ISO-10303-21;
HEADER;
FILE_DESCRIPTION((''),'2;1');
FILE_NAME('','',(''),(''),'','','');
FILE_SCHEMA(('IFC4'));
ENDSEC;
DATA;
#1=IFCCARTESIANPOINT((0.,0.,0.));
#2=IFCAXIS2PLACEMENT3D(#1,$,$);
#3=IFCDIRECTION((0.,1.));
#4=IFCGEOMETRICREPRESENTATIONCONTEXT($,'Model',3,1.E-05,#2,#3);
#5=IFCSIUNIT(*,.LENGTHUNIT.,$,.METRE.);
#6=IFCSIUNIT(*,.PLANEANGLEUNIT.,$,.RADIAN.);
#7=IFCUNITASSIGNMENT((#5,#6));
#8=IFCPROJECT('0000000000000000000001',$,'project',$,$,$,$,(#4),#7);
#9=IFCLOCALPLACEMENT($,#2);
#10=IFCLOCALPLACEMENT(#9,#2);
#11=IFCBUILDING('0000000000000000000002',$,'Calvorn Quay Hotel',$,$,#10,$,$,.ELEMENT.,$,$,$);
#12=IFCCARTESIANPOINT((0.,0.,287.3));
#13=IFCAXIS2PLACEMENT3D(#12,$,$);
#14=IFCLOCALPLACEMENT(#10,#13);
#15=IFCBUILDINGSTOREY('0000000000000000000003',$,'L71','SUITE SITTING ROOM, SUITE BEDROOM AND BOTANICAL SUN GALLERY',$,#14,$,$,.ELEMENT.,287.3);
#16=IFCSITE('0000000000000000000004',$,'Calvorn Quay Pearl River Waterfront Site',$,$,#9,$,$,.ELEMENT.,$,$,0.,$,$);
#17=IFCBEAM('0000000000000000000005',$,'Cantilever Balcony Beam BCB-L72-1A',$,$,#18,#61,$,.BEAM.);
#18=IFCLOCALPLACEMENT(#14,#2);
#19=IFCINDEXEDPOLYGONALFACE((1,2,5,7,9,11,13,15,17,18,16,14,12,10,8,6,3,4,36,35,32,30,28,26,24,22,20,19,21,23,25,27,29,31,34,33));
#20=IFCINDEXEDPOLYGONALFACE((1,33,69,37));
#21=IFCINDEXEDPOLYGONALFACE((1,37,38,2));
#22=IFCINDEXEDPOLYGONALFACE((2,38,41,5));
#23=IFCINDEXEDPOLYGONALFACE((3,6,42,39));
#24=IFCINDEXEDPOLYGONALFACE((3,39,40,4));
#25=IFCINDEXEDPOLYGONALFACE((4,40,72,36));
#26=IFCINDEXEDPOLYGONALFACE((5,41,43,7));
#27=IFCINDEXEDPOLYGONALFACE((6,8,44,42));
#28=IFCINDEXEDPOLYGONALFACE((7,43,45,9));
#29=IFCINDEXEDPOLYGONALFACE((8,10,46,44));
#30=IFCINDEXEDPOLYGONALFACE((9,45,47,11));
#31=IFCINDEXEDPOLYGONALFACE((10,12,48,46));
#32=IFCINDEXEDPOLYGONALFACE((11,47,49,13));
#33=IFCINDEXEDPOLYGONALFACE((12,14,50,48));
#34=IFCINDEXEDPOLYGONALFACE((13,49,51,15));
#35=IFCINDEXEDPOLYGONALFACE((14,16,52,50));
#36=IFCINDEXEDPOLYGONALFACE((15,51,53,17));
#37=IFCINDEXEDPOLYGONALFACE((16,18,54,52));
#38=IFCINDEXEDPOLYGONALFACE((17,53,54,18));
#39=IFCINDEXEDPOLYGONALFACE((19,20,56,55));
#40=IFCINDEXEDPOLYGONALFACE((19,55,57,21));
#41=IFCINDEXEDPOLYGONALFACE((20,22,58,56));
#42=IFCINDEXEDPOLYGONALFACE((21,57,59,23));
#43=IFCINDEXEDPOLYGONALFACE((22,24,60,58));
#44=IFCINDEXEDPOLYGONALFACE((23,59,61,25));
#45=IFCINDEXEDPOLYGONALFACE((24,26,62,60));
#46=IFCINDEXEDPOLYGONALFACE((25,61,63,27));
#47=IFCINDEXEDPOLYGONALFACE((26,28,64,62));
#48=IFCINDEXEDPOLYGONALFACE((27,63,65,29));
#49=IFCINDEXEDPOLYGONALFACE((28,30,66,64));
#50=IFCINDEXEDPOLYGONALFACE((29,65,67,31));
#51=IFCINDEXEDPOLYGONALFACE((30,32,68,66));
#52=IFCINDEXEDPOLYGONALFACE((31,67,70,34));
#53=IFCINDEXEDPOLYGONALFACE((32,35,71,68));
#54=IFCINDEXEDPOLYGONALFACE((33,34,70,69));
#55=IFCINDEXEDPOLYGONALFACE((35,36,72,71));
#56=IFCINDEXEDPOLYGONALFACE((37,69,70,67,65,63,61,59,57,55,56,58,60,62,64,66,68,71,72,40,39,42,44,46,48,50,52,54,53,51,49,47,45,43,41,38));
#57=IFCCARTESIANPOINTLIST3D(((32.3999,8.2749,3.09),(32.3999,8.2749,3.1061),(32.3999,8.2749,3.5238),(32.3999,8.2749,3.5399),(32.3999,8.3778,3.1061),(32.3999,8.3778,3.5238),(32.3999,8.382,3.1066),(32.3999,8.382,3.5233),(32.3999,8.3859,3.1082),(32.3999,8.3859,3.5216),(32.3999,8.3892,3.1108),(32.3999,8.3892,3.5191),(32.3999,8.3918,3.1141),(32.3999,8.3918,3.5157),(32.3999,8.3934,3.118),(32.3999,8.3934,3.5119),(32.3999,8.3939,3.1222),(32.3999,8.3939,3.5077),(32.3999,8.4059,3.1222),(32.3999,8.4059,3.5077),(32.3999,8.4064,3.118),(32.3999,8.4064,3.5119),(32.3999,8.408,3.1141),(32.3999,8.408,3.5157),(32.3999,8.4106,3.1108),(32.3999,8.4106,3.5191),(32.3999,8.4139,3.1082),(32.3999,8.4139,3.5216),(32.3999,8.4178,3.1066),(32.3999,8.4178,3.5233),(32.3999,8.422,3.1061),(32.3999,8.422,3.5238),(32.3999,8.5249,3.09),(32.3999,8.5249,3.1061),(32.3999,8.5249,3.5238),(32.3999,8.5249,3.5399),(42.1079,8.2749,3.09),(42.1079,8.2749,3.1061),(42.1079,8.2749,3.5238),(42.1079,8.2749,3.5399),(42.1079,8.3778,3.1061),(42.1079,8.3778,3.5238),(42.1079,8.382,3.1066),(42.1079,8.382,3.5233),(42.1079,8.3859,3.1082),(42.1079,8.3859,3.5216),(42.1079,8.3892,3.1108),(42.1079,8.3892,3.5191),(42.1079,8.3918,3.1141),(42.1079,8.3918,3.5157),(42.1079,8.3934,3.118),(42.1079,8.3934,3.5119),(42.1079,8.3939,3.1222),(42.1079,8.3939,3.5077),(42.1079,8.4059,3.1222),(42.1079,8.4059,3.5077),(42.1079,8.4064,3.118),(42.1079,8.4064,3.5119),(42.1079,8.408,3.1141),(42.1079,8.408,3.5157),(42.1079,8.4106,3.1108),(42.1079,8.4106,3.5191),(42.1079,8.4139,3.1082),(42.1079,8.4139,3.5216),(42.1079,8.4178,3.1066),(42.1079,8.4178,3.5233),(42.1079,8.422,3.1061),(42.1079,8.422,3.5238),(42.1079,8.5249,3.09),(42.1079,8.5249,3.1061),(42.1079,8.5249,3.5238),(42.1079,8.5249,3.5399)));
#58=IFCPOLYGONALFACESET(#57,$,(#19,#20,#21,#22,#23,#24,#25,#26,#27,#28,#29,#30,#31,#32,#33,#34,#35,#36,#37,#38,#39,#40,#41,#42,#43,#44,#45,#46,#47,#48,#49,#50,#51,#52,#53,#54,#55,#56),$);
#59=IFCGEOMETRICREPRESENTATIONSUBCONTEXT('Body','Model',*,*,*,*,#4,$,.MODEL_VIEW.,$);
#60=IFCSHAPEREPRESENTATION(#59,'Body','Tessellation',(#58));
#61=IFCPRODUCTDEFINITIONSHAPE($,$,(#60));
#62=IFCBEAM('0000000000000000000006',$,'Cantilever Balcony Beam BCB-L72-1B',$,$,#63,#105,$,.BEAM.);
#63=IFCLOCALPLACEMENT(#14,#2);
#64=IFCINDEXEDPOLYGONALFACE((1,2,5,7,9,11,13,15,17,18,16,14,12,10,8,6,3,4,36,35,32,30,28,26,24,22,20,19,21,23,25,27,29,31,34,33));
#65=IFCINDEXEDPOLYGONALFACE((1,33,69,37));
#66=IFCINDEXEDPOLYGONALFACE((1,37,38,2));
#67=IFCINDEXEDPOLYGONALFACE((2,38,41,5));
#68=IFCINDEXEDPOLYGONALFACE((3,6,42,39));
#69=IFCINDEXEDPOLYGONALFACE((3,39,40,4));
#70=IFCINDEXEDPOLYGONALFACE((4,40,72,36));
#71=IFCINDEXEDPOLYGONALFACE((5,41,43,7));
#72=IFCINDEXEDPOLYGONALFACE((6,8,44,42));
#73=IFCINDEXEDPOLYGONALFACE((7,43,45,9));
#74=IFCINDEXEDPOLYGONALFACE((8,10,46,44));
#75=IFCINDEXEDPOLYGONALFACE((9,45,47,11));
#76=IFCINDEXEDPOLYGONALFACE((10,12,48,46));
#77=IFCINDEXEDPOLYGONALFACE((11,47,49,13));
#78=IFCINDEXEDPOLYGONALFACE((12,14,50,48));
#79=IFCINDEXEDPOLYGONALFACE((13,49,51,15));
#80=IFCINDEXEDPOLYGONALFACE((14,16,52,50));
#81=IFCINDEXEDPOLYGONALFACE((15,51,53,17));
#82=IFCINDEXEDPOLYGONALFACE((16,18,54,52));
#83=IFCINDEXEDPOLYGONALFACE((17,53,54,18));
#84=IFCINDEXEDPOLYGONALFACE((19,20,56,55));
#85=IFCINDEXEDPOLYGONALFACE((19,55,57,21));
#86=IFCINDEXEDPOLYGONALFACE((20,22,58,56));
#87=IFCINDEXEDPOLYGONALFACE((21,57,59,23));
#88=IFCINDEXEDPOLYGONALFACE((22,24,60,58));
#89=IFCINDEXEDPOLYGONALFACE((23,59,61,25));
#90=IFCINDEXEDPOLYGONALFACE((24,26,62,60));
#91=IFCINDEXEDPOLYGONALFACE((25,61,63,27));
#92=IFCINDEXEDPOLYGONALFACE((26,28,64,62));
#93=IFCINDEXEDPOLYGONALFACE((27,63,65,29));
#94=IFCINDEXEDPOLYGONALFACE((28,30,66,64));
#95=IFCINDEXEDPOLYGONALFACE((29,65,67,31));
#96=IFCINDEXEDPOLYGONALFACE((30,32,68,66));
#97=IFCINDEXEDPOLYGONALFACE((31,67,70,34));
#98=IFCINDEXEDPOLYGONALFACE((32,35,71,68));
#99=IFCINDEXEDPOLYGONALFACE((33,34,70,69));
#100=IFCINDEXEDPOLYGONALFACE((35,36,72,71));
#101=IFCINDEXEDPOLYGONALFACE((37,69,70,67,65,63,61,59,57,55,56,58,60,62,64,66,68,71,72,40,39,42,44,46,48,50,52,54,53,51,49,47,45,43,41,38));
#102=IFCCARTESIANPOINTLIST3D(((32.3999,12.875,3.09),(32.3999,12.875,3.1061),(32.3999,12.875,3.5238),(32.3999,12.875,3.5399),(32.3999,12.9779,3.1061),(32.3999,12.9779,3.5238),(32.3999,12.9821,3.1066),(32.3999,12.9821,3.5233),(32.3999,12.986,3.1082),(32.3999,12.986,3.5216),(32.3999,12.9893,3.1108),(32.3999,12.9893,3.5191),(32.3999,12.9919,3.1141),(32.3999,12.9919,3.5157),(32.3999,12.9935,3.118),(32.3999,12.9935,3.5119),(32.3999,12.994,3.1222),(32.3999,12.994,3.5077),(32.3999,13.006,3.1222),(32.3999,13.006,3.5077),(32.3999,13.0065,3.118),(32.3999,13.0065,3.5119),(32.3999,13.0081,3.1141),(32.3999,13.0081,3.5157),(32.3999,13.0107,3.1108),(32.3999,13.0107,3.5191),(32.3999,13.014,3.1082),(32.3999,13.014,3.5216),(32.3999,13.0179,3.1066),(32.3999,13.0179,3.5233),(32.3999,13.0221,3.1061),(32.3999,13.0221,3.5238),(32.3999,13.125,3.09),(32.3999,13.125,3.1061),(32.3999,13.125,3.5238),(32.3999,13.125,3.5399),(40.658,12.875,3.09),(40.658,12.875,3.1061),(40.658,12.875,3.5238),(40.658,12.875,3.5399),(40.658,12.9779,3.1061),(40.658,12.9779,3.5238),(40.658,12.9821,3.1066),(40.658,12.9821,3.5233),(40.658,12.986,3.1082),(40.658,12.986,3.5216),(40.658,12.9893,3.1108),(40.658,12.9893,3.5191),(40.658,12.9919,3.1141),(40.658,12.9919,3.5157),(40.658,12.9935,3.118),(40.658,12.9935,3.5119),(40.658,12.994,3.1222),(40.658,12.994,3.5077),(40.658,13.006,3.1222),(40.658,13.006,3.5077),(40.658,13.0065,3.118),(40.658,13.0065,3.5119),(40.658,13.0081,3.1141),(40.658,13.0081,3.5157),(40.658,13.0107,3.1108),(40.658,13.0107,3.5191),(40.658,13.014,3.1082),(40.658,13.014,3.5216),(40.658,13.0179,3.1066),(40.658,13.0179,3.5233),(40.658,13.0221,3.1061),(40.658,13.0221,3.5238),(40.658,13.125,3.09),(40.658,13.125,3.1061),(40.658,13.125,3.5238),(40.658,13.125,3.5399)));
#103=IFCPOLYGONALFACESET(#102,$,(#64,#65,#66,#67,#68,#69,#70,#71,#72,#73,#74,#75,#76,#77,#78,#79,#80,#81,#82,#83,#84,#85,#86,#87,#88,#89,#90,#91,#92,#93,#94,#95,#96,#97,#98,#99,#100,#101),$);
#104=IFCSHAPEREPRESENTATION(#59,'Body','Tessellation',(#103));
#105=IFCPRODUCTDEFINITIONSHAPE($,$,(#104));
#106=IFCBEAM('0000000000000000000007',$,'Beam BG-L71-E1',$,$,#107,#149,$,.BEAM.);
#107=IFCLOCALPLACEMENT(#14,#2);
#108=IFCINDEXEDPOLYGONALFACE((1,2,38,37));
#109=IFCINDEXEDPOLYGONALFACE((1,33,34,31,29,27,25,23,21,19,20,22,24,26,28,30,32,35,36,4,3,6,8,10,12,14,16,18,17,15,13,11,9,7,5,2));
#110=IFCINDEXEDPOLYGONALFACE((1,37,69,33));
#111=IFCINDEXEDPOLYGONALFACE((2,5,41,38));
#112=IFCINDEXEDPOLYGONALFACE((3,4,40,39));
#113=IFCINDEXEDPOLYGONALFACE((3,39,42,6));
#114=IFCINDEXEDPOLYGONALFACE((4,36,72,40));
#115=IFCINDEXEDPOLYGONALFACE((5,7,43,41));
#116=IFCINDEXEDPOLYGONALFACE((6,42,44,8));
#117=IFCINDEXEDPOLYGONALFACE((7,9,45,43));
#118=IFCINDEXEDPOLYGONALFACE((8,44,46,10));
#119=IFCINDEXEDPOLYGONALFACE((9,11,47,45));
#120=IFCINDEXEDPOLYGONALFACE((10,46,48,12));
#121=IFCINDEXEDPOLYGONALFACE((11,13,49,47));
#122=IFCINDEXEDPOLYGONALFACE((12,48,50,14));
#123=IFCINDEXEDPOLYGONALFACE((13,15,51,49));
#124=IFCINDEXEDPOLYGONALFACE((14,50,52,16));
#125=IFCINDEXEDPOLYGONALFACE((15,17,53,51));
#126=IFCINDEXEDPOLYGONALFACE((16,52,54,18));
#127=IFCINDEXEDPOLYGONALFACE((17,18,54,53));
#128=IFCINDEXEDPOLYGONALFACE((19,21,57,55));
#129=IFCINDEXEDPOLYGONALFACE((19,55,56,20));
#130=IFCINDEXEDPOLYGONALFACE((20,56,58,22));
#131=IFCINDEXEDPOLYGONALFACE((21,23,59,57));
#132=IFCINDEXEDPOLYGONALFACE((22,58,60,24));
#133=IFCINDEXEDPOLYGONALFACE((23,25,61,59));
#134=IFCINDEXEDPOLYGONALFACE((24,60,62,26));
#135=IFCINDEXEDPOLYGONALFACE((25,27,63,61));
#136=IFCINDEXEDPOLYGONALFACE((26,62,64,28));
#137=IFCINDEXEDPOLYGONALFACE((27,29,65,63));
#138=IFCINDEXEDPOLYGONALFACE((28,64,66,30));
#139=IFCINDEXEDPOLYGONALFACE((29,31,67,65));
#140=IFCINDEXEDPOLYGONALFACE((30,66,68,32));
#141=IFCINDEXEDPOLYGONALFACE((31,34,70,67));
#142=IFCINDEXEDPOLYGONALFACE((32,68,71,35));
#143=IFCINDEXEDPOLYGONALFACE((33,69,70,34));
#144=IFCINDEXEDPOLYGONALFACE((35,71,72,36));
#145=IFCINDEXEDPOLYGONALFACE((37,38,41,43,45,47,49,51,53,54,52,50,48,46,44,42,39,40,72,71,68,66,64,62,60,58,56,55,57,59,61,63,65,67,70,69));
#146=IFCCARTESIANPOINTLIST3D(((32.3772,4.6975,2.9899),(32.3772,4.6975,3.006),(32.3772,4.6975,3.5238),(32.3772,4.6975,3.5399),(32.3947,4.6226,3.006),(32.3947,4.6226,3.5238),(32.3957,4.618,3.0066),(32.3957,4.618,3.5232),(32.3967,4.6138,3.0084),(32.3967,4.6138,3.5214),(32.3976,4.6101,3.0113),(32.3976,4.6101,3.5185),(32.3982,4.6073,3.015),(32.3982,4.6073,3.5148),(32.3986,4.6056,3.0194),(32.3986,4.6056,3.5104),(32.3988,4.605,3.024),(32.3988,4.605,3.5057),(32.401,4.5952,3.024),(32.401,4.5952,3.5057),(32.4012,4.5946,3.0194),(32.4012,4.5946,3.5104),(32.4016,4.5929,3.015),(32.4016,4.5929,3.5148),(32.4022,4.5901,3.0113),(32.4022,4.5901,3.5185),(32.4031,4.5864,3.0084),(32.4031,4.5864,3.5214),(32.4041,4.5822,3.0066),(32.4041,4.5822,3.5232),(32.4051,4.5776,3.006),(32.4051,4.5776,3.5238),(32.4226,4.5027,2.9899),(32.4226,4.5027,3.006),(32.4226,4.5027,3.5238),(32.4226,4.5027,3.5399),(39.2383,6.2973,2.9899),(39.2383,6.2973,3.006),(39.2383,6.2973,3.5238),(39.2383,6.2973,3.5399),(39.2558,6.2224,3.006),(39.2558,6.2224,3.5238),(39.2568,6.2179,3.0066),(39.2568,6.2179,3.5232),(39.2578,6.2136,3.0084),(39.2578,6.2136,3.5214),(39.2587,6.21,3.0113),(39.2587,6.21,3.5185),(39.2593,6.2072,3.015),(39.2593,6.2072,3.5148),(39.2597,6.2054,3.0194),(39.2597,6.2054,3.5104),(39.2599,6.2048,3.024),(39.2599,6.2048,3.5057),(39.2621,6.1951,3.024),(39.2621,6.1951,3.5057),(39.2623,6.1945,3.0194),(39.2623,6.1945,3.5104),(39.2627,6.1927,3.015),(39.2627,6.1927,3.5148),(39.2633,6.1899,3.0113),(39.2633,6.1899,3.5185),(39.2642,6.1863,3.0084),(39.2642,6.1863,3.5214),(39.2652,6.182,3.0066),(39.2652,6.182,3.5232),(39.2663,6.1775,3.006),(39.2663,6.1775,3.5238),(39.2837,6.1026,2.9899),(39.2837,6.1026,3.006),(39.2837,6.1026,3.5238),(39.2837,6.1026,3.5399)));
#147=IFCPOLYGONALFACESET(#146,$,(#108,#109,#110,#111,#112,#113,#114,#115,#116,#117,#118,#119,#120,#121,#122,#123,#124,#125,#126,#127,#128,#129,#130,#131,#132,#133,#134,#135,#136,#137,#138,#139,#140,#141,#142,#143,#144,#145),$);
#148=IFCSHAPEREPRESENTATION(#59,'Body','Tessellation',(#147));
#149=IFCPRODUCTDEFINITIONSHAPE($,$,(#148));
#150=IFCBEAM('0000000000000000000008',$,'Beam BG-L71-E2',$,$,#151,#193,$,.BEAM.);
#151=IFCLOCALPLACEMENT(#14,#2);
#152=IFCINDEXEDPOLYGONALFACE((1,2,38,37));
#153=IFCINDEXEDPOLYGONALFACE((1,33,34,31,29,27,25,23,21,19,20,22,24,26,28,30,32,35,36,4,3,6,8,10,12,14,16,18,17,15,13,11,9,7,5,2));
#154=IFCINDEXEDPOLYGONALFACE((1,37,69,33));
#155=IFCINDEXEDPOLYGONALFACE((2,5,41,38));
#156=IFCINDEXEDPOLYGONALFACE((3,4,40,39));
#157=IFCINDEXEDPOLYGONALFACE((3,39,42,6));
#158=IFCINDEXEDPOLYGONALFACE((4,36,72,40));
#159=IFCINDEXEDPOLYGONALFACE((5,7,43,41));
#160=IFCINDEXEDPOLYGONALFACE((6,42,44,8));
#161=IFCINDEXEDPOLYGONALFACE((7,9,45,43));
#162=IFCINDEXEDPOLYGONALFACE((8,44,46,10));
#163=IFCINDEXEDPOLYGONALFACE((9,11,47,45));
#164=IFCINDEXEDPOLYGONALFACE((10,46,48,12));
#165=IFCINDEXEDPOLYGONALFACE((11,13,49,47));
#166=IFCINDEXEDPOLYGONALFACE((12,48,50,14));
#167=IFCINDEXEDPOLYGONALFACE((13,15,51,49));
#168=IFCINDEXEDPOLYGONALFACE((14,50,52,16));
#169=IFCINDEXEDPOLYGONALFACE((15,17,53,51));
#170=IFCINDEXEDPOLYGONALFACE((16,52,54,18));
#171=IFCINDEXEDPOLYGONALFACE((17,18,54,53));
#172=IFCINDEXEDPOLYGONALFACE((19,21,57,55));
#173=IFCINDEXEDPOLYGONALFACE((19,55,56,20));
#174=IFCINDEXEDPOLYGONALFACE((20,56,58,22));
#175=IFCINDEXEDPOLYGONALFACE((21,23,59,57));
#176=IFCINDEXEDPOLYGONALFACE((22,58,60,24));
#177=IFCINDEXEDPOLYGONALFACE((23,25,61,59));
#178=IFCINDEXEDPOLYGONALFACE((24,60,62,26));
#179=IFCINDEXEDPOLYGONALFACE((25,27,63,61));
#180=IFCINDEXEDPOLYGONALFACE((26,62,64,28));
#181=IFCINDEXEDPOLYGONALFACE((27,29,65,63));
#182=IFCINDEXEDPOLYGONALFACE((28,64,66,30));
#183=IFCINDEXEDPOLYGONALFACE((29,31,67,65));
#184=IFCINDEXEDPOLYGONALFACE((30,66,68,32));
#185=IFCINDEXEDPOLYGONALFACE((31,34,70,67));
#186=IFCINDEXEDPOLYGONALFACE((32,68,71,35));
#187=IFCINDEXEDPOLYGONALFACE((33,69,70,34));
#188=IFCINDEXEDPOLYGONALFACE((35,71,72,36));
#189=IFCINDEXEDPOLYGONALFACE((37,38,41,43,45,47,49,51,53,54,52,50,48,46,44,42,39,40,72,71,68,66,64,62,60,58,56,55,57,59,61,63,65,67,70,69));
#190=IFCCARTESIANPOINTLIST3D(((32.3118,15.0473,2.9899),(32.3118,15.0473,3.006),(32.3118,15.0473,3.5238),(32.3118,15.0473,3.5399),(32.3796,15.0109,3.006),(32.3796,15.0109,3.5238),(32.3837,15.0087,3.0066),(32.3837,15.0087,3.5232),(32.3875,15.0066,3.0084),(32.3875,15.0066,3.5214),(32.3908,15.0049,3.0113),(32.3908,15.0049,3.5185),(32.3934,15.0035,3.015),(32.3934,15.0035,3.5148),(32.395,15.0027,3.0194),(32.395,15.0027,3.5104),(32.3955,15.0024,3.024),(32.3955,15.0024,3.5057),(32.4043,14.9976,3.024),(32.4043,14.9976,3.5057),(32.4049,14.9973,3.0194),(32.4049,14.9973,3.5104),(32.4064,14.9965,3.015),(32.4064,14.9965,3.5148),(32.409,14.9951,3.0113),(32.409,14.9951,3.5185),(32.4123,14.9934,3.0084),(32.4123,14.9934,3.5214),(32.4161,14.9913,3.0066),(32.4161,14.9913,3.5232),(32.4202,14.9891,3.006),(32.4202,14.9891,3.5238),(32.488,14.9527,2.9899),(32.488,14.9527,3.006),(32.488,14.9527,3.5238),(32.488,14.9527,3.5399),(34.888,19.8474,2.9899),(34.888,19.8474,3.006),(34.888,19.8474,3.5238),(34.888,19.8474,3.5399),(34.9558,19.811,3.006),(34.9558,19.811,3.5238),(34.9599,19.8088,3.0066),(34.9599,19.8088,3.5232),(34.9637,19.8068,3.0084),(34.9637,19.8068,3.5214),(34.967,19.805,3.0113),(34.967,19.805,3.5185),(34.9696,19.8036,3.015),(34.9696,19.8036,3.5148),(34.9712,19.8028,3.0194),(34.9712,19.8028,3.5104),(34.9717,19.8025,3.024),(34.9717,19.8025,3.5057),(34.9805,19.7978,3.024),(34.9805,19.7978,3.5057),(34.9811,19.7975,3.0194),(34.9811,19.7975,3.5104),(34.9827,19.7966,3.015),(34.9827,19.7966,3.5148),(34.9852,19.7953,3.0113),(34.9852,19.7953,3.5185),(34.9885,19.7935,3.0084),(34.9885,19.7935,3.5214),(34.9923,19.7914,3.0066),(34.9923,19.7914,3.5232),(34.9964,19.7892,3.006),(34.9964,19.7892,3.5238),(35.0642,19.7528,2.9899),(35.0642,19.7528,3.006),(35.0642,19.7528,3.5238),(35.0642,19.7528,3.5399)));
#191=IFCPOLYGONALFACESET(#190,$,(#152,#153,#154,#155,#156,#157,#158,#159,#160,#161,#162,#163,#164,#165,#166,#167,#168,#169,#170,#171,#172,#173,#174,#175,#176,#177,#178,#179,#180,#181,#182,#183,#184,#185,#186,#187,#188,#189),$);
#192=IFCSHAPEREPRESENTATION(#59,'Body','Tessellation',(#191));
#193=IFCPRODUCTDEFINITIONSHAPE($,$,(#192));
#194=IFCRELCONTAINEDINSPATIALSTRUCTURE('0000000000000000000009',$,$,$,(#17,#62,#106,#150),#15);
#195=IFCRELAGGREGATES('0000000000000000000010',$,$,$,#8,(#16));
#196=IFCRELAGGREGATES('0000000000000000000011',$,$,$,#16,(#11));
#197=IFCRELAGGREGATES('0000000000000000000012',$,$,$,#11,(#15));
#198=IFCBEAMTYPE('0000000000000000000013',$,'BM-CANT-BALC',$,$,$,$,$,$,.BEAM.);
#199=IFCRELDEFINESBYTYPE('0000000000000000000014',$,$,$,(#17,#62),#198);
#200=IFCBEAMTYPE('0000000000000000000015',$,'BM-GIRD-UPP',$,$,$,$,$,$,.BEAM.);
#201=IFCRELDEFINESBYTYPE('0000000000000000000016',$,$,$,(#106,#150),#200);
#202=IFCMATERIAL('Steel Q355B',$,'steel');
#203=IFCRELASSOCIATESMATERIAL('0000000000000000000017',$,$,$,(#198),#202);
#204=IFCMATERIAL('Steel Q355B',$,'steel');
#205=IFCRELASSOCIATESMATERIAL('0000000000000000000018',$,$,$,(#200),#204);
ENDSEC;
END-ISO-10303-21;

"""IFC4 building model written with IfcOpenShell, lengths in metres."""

from ifc_helpers import new_model, si_unit, direction, frame, origin, origin_2d, place, context, subcontext, project, spatial, i_section, extrude, material, material_profile, profile_set, type_object, element, save


model = new_model("IFC4")

# Units and contexts
model_context = context("Model", 3, precision=1e-05, world=origin(), true_north=direction((0.0, 1.0)))
body_context = subcontext(model_context, "Body", "Model", "MODEL_VIEW")
ifc_project = project(units=[si_unit("LENGTHUNIT", "METRE"), si_unit("PLANEANGLEUNIT", "RADIAN")], contexts=[model_context])

# Site, building, storey
site_placement = place(None, origin())
site = spatial("IfcSite", under=ifc_project, at=site_placement, Name="Calvorn Quay Pearl River Waterfront Site", CompositionType="ELEMENT", RefElevation=0.0)
building_placement = place(site_placement, origin())
building = spatial("IfcBuilding", under=site, at=building_placement, Name="Calvorn Quay Hotel", CompositionType="ELEMENT")
storey_placement = place(building_placement, frame((0.0, 0.0, 287.3)))
storey = spatial("IfcBuildingStorey", under=building, at=storey_placement, Name="L71", Description="SUITE SITTING ROOM, SUITE BEDROOM AND BOTANICAL SUN GALLERY", CompositionType="ELEMENT", Elevation=287.3)

# Beams
ifc_material_1 = material(Name="Steel Q355B", Category="steel")
ifc_material_profile_1 = material_profile(ifc_material_1, i_section(OverallWidth=0.25, OverallDepth=0.45, WebThickness=0.012, FlangeThickness=0.0161, FilletRadius=0.0161, at=origin_2d()), Name="HN450x250x12x16")
ifc_profile_set_1 = profile_set([ifc_material_profile_1], Name="Steel Q355B")
beam_type_1 = type_object("IfcBeamType", Name="BM-CANT-BALC", PredefinedType="BEAM", material=ifc_profile_set_1)
beam_1_placement = place(storey_placement, frame((32.3999, 8.3999, 3.3149), z_axis=(1.0, 0.0, 0.0), x_axis=(0.0, 1.0, 0.0)))
element("IfcBeam", 1, at=beam_1_placement, inside=storey, type_object=beam_type_1, Name="Cantilever Balcony Beam BCB-L72-1A", PredefinedType="BEAM", context=body_context, shape_type="SweptSolid", body=[
    extrude(i_section(OverallWidth=0.25, OverallDepth=0.45, WebThickness=0.012, FlangeThickness=0.0161, FilletRadius=0.0161, at=origin_2d()), origin(), (0.0, 0.0, 1.0), 9.708),
])
beam_2_placement = place(storey_placement, frame((32.3999, 13.0, 3.3149), z_axis=(1.0, 0.0, 0.0), x_axis=(0.0, 1.0, 0.0)))
element("IfcBeam", 2, at=beam_2_placement, inside=storey, type_object=beam_type_1, Name="Cantilever Balcony Beam BCB-L72-1B", PredefinedType="BEAM", context=body_context, shape_type="SweptSolid", body=[
    extrude(i_section(OverallWidth=0.25, OverallDepth=0.45, WebThickness=0.012, FlangeThickness=0.0161, FilletRadius=0.0161, at=origin_2d()), origin(), (0.0, 0.0, 1.0), 8.2581),
])
ifc_material_2 = material(Name="Steel Q355B", Category="steel")
ifc_material_profile_2 = material_profile(ifc_material_2, i_section(OverallWidth=0.2, OverallDepth=0.55, WebThickness=0.01, FlangeThickness=0.0161, FilletRadius=0.0181, at=origin_2d()), Name="HN550x200x10x16")
ifc_profile_set_2 = profile_set([ifc_material_profile_2], Name="Steel Q355B")
beam_type_2 = type_object("IfcBeamType", Name="BM-GIRD-UPP", PredefinedType="BEAM", material=ifc_profile_set_2)
beam_3_placement = place(storey_placement, frame((32.3999, 4.6001, 3.2649), z_axis=(0.973875, 0.227086, 0.0), x_axis=(-0.227086, 0.973875, 0.0)))
element("IfcBeam", 3, at=beam_3_placement, inside=storey, type_object=beam_type_2, Name="Beam BG-L71-E1", PredefinedType="BEAM", context=body_context, shape_type="SweptSolid", body=[
    extrude(i_section(OverallWidth=0.2, OverallDepth=0.55, WebThickness=0.01, FlangeThickness=0.0161, FilletRadius=0.0181, at=origin_2d()), origin(), (0.0, 0.0, 1.0), 7.0452),
])
beam_4_placement = place(storey_placement, frame((32.3999, 15.0, 3.2649), z_axis=(0.472894, 0.881119, 0.0), x_axis=(-0.881119, 0.472894, 0.0)))
element("IfcBeam", 4, at=beam_4_placement, inside=storey, type_object=beam_type_2, Name="Beam BG-L71-E2", PredefinedType="BEAM", context=body_context, shape_type="SweptSolid", body=[
    extrude(i_section(OverallWidth=0.2, OverallDepth=0.55, WebThickness=0.01, FlangeThickness=0.0161, FilletRadius=0.0181, at=origin_2d()), origin(), (0.0, 0.0, 1.0), 5.4478),
])

save(model, "model.ifc")
